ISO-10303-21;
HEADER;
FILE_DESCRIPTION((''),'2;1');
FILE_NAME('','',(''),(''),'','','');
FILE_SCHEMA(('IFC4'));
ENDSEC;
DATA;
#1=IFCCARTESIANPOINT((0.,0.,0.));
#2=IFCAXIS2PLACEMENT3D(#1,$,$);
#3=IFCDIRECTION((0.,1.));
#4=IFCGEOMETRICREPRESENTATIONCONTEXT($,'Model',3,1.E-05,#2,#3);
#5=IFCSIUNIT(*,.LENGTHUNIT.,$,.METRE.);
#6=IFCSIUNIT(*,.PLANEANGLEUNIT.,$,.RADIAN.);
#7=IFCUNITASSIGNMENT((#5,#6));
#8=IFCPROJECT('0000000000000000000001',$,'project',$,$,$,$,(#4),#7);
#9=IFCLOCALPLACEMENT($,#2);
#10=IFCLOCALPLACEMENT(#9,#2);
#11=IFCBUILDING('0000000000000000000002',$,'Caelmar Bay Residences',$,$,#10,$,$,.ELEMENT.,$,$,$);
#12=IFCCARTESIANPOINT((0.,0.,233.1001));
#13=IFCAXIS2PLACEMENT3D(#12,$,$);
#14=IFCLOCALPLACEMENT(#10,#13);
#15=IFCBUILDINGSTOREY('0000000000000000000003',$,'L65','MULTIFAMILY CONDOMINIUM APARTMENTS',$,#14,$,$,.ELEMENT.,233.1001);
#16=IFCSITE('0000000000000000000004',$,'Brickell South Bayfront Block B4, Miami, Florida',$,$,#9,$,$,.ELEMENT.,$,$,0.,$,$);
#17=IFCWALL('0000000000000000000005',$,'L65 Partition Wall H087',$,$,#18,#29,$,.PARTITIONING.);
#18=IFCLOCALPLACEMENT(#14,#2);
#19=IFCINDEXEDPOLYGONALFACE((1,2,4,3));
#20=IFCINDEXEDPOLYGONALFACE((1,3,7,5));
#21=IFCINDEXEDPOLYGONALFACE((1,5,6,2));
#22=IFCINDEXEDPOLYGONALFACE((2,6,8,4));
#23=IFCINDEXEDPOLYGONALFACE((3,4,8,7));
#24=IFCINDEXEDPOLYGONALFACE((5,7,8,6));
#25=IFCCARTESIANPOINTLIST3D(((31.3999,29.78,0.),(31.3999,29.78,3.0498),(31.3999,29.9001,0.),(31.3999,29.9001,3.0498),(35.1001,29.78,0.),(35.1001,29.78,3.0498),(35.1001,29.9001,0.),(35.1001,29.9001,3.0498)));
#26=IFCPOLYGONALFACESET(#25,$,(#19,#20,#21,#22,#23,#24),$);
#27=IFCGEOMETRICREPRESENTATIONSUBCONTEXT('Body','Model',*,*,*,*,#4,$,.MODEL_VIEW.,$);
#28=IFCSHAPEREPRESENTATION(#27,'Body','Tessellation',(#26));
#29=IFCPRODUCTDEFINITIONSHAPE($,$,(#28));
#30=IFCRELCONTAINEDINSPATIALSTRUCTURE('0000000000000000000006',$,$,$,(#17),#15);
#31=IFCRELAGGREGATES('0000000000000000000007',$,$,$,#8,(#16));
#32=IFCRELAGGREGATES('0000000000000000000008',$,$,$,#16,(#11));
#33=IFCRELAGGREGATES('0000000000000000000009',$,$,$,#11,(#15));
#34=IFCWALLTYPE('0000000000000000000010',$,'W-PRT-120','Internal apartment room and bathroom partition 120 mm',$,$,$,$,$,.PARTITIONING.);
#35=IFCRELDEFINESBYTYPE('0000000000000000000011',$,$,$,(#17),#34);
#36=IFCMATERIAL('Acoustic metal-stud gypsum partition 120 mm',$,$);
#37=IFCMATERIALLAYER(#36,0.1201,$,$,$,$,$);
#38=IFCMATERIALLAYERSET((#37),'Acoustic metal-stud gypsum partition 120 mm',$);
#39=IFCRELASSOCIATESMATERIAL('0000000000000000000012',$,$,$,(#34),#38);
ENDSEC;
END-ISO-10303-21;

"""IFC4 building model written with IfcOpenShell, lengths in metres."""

from ifc_helpers import new_model, si_unit, direction, frame, frame_2d, origin, place, context, subcontext, project, spatial, rectangle, extrude, material, layer, layer_set, type_object, element, save


model = new_model("IFC4")

# Units and contexts
model_context = context("Model", 3, precision=1e-05, world=origin(), true_north=direction((0.0, 1.0)))
body_context = subcontext(model_context, "Body", "Model", "MODEL_VIEW")
ifc_project = project(units=[si_unit("LENGTHUNIT", "METRE"), si_unit("PLANEANGLEUNIT", "RADIAN")], contexts=[model_context])

# Site, building, storey
site_placement = place(None, origin())
site = spatial("IfcSite", under=ifc_project, at=site_placement, Name="Brickell South Bayfront Block B4, Miami, Florida", CompositionType="ELEMENT", RefElevation=0.0)
building_placement = place(site_placement, origin())
building = spatial("IfcBuilding", under=site, at=building_placement, Name="Caelmar Bay Residences", CompositionType="ELEMENT")
storey_placement = place(building_placement, frame((0.0, 0.0, 233.1001)))
storey = spatial("IfcBuildingStorey", under=building, at=storey_placement, Name="L65", Description="MULTIFAMILY CONDOMINIUM APARTMENTS", CompositionType="ELEMENT", Elevation=233.1001)

# Shared definitions
ifc_material_1 = material(Name="Acoustic metal-stud gypsum partition 120 mm")
ifc_layer_1 = layer(ifc_material_1, 0.1201)
ifc_layer_set_1 = layer_set([ifc_layer_1], Name="Acoustic metal-stud gypsum partition 120 mm")
wall_type_1 = type_object("IfcWallType", Name="W-PRT-120", Description="Internal apartment room and bathroom partition 120 mm", PredefinedType="PARTITIONING", material=ifc_layer_set_1)

# Wall
wall_1_placement = place(storey_placement, frame((31.3999, 29.8401, 0.0), z_axis=(0.0, 0.0, 1.0), x_axis=(1.0, 0.0, 0.0)))
element("IfcWall", 1, at=wall_1_placement, inside=storey, type_object=wall_type_1, Name="L65 Partition Wall H087", PredefinedType="PARTITIONING", context=body_context, shape_type="SweptSolid", body=[
    extrude(rectangle(XDim=3.7002, YDim=0.1201, at=frame_2d((1.8501, 0.0))), origin(), (0.0, 0.0, 1.0), 3.0498),
])

save(model, "model.ifc")
